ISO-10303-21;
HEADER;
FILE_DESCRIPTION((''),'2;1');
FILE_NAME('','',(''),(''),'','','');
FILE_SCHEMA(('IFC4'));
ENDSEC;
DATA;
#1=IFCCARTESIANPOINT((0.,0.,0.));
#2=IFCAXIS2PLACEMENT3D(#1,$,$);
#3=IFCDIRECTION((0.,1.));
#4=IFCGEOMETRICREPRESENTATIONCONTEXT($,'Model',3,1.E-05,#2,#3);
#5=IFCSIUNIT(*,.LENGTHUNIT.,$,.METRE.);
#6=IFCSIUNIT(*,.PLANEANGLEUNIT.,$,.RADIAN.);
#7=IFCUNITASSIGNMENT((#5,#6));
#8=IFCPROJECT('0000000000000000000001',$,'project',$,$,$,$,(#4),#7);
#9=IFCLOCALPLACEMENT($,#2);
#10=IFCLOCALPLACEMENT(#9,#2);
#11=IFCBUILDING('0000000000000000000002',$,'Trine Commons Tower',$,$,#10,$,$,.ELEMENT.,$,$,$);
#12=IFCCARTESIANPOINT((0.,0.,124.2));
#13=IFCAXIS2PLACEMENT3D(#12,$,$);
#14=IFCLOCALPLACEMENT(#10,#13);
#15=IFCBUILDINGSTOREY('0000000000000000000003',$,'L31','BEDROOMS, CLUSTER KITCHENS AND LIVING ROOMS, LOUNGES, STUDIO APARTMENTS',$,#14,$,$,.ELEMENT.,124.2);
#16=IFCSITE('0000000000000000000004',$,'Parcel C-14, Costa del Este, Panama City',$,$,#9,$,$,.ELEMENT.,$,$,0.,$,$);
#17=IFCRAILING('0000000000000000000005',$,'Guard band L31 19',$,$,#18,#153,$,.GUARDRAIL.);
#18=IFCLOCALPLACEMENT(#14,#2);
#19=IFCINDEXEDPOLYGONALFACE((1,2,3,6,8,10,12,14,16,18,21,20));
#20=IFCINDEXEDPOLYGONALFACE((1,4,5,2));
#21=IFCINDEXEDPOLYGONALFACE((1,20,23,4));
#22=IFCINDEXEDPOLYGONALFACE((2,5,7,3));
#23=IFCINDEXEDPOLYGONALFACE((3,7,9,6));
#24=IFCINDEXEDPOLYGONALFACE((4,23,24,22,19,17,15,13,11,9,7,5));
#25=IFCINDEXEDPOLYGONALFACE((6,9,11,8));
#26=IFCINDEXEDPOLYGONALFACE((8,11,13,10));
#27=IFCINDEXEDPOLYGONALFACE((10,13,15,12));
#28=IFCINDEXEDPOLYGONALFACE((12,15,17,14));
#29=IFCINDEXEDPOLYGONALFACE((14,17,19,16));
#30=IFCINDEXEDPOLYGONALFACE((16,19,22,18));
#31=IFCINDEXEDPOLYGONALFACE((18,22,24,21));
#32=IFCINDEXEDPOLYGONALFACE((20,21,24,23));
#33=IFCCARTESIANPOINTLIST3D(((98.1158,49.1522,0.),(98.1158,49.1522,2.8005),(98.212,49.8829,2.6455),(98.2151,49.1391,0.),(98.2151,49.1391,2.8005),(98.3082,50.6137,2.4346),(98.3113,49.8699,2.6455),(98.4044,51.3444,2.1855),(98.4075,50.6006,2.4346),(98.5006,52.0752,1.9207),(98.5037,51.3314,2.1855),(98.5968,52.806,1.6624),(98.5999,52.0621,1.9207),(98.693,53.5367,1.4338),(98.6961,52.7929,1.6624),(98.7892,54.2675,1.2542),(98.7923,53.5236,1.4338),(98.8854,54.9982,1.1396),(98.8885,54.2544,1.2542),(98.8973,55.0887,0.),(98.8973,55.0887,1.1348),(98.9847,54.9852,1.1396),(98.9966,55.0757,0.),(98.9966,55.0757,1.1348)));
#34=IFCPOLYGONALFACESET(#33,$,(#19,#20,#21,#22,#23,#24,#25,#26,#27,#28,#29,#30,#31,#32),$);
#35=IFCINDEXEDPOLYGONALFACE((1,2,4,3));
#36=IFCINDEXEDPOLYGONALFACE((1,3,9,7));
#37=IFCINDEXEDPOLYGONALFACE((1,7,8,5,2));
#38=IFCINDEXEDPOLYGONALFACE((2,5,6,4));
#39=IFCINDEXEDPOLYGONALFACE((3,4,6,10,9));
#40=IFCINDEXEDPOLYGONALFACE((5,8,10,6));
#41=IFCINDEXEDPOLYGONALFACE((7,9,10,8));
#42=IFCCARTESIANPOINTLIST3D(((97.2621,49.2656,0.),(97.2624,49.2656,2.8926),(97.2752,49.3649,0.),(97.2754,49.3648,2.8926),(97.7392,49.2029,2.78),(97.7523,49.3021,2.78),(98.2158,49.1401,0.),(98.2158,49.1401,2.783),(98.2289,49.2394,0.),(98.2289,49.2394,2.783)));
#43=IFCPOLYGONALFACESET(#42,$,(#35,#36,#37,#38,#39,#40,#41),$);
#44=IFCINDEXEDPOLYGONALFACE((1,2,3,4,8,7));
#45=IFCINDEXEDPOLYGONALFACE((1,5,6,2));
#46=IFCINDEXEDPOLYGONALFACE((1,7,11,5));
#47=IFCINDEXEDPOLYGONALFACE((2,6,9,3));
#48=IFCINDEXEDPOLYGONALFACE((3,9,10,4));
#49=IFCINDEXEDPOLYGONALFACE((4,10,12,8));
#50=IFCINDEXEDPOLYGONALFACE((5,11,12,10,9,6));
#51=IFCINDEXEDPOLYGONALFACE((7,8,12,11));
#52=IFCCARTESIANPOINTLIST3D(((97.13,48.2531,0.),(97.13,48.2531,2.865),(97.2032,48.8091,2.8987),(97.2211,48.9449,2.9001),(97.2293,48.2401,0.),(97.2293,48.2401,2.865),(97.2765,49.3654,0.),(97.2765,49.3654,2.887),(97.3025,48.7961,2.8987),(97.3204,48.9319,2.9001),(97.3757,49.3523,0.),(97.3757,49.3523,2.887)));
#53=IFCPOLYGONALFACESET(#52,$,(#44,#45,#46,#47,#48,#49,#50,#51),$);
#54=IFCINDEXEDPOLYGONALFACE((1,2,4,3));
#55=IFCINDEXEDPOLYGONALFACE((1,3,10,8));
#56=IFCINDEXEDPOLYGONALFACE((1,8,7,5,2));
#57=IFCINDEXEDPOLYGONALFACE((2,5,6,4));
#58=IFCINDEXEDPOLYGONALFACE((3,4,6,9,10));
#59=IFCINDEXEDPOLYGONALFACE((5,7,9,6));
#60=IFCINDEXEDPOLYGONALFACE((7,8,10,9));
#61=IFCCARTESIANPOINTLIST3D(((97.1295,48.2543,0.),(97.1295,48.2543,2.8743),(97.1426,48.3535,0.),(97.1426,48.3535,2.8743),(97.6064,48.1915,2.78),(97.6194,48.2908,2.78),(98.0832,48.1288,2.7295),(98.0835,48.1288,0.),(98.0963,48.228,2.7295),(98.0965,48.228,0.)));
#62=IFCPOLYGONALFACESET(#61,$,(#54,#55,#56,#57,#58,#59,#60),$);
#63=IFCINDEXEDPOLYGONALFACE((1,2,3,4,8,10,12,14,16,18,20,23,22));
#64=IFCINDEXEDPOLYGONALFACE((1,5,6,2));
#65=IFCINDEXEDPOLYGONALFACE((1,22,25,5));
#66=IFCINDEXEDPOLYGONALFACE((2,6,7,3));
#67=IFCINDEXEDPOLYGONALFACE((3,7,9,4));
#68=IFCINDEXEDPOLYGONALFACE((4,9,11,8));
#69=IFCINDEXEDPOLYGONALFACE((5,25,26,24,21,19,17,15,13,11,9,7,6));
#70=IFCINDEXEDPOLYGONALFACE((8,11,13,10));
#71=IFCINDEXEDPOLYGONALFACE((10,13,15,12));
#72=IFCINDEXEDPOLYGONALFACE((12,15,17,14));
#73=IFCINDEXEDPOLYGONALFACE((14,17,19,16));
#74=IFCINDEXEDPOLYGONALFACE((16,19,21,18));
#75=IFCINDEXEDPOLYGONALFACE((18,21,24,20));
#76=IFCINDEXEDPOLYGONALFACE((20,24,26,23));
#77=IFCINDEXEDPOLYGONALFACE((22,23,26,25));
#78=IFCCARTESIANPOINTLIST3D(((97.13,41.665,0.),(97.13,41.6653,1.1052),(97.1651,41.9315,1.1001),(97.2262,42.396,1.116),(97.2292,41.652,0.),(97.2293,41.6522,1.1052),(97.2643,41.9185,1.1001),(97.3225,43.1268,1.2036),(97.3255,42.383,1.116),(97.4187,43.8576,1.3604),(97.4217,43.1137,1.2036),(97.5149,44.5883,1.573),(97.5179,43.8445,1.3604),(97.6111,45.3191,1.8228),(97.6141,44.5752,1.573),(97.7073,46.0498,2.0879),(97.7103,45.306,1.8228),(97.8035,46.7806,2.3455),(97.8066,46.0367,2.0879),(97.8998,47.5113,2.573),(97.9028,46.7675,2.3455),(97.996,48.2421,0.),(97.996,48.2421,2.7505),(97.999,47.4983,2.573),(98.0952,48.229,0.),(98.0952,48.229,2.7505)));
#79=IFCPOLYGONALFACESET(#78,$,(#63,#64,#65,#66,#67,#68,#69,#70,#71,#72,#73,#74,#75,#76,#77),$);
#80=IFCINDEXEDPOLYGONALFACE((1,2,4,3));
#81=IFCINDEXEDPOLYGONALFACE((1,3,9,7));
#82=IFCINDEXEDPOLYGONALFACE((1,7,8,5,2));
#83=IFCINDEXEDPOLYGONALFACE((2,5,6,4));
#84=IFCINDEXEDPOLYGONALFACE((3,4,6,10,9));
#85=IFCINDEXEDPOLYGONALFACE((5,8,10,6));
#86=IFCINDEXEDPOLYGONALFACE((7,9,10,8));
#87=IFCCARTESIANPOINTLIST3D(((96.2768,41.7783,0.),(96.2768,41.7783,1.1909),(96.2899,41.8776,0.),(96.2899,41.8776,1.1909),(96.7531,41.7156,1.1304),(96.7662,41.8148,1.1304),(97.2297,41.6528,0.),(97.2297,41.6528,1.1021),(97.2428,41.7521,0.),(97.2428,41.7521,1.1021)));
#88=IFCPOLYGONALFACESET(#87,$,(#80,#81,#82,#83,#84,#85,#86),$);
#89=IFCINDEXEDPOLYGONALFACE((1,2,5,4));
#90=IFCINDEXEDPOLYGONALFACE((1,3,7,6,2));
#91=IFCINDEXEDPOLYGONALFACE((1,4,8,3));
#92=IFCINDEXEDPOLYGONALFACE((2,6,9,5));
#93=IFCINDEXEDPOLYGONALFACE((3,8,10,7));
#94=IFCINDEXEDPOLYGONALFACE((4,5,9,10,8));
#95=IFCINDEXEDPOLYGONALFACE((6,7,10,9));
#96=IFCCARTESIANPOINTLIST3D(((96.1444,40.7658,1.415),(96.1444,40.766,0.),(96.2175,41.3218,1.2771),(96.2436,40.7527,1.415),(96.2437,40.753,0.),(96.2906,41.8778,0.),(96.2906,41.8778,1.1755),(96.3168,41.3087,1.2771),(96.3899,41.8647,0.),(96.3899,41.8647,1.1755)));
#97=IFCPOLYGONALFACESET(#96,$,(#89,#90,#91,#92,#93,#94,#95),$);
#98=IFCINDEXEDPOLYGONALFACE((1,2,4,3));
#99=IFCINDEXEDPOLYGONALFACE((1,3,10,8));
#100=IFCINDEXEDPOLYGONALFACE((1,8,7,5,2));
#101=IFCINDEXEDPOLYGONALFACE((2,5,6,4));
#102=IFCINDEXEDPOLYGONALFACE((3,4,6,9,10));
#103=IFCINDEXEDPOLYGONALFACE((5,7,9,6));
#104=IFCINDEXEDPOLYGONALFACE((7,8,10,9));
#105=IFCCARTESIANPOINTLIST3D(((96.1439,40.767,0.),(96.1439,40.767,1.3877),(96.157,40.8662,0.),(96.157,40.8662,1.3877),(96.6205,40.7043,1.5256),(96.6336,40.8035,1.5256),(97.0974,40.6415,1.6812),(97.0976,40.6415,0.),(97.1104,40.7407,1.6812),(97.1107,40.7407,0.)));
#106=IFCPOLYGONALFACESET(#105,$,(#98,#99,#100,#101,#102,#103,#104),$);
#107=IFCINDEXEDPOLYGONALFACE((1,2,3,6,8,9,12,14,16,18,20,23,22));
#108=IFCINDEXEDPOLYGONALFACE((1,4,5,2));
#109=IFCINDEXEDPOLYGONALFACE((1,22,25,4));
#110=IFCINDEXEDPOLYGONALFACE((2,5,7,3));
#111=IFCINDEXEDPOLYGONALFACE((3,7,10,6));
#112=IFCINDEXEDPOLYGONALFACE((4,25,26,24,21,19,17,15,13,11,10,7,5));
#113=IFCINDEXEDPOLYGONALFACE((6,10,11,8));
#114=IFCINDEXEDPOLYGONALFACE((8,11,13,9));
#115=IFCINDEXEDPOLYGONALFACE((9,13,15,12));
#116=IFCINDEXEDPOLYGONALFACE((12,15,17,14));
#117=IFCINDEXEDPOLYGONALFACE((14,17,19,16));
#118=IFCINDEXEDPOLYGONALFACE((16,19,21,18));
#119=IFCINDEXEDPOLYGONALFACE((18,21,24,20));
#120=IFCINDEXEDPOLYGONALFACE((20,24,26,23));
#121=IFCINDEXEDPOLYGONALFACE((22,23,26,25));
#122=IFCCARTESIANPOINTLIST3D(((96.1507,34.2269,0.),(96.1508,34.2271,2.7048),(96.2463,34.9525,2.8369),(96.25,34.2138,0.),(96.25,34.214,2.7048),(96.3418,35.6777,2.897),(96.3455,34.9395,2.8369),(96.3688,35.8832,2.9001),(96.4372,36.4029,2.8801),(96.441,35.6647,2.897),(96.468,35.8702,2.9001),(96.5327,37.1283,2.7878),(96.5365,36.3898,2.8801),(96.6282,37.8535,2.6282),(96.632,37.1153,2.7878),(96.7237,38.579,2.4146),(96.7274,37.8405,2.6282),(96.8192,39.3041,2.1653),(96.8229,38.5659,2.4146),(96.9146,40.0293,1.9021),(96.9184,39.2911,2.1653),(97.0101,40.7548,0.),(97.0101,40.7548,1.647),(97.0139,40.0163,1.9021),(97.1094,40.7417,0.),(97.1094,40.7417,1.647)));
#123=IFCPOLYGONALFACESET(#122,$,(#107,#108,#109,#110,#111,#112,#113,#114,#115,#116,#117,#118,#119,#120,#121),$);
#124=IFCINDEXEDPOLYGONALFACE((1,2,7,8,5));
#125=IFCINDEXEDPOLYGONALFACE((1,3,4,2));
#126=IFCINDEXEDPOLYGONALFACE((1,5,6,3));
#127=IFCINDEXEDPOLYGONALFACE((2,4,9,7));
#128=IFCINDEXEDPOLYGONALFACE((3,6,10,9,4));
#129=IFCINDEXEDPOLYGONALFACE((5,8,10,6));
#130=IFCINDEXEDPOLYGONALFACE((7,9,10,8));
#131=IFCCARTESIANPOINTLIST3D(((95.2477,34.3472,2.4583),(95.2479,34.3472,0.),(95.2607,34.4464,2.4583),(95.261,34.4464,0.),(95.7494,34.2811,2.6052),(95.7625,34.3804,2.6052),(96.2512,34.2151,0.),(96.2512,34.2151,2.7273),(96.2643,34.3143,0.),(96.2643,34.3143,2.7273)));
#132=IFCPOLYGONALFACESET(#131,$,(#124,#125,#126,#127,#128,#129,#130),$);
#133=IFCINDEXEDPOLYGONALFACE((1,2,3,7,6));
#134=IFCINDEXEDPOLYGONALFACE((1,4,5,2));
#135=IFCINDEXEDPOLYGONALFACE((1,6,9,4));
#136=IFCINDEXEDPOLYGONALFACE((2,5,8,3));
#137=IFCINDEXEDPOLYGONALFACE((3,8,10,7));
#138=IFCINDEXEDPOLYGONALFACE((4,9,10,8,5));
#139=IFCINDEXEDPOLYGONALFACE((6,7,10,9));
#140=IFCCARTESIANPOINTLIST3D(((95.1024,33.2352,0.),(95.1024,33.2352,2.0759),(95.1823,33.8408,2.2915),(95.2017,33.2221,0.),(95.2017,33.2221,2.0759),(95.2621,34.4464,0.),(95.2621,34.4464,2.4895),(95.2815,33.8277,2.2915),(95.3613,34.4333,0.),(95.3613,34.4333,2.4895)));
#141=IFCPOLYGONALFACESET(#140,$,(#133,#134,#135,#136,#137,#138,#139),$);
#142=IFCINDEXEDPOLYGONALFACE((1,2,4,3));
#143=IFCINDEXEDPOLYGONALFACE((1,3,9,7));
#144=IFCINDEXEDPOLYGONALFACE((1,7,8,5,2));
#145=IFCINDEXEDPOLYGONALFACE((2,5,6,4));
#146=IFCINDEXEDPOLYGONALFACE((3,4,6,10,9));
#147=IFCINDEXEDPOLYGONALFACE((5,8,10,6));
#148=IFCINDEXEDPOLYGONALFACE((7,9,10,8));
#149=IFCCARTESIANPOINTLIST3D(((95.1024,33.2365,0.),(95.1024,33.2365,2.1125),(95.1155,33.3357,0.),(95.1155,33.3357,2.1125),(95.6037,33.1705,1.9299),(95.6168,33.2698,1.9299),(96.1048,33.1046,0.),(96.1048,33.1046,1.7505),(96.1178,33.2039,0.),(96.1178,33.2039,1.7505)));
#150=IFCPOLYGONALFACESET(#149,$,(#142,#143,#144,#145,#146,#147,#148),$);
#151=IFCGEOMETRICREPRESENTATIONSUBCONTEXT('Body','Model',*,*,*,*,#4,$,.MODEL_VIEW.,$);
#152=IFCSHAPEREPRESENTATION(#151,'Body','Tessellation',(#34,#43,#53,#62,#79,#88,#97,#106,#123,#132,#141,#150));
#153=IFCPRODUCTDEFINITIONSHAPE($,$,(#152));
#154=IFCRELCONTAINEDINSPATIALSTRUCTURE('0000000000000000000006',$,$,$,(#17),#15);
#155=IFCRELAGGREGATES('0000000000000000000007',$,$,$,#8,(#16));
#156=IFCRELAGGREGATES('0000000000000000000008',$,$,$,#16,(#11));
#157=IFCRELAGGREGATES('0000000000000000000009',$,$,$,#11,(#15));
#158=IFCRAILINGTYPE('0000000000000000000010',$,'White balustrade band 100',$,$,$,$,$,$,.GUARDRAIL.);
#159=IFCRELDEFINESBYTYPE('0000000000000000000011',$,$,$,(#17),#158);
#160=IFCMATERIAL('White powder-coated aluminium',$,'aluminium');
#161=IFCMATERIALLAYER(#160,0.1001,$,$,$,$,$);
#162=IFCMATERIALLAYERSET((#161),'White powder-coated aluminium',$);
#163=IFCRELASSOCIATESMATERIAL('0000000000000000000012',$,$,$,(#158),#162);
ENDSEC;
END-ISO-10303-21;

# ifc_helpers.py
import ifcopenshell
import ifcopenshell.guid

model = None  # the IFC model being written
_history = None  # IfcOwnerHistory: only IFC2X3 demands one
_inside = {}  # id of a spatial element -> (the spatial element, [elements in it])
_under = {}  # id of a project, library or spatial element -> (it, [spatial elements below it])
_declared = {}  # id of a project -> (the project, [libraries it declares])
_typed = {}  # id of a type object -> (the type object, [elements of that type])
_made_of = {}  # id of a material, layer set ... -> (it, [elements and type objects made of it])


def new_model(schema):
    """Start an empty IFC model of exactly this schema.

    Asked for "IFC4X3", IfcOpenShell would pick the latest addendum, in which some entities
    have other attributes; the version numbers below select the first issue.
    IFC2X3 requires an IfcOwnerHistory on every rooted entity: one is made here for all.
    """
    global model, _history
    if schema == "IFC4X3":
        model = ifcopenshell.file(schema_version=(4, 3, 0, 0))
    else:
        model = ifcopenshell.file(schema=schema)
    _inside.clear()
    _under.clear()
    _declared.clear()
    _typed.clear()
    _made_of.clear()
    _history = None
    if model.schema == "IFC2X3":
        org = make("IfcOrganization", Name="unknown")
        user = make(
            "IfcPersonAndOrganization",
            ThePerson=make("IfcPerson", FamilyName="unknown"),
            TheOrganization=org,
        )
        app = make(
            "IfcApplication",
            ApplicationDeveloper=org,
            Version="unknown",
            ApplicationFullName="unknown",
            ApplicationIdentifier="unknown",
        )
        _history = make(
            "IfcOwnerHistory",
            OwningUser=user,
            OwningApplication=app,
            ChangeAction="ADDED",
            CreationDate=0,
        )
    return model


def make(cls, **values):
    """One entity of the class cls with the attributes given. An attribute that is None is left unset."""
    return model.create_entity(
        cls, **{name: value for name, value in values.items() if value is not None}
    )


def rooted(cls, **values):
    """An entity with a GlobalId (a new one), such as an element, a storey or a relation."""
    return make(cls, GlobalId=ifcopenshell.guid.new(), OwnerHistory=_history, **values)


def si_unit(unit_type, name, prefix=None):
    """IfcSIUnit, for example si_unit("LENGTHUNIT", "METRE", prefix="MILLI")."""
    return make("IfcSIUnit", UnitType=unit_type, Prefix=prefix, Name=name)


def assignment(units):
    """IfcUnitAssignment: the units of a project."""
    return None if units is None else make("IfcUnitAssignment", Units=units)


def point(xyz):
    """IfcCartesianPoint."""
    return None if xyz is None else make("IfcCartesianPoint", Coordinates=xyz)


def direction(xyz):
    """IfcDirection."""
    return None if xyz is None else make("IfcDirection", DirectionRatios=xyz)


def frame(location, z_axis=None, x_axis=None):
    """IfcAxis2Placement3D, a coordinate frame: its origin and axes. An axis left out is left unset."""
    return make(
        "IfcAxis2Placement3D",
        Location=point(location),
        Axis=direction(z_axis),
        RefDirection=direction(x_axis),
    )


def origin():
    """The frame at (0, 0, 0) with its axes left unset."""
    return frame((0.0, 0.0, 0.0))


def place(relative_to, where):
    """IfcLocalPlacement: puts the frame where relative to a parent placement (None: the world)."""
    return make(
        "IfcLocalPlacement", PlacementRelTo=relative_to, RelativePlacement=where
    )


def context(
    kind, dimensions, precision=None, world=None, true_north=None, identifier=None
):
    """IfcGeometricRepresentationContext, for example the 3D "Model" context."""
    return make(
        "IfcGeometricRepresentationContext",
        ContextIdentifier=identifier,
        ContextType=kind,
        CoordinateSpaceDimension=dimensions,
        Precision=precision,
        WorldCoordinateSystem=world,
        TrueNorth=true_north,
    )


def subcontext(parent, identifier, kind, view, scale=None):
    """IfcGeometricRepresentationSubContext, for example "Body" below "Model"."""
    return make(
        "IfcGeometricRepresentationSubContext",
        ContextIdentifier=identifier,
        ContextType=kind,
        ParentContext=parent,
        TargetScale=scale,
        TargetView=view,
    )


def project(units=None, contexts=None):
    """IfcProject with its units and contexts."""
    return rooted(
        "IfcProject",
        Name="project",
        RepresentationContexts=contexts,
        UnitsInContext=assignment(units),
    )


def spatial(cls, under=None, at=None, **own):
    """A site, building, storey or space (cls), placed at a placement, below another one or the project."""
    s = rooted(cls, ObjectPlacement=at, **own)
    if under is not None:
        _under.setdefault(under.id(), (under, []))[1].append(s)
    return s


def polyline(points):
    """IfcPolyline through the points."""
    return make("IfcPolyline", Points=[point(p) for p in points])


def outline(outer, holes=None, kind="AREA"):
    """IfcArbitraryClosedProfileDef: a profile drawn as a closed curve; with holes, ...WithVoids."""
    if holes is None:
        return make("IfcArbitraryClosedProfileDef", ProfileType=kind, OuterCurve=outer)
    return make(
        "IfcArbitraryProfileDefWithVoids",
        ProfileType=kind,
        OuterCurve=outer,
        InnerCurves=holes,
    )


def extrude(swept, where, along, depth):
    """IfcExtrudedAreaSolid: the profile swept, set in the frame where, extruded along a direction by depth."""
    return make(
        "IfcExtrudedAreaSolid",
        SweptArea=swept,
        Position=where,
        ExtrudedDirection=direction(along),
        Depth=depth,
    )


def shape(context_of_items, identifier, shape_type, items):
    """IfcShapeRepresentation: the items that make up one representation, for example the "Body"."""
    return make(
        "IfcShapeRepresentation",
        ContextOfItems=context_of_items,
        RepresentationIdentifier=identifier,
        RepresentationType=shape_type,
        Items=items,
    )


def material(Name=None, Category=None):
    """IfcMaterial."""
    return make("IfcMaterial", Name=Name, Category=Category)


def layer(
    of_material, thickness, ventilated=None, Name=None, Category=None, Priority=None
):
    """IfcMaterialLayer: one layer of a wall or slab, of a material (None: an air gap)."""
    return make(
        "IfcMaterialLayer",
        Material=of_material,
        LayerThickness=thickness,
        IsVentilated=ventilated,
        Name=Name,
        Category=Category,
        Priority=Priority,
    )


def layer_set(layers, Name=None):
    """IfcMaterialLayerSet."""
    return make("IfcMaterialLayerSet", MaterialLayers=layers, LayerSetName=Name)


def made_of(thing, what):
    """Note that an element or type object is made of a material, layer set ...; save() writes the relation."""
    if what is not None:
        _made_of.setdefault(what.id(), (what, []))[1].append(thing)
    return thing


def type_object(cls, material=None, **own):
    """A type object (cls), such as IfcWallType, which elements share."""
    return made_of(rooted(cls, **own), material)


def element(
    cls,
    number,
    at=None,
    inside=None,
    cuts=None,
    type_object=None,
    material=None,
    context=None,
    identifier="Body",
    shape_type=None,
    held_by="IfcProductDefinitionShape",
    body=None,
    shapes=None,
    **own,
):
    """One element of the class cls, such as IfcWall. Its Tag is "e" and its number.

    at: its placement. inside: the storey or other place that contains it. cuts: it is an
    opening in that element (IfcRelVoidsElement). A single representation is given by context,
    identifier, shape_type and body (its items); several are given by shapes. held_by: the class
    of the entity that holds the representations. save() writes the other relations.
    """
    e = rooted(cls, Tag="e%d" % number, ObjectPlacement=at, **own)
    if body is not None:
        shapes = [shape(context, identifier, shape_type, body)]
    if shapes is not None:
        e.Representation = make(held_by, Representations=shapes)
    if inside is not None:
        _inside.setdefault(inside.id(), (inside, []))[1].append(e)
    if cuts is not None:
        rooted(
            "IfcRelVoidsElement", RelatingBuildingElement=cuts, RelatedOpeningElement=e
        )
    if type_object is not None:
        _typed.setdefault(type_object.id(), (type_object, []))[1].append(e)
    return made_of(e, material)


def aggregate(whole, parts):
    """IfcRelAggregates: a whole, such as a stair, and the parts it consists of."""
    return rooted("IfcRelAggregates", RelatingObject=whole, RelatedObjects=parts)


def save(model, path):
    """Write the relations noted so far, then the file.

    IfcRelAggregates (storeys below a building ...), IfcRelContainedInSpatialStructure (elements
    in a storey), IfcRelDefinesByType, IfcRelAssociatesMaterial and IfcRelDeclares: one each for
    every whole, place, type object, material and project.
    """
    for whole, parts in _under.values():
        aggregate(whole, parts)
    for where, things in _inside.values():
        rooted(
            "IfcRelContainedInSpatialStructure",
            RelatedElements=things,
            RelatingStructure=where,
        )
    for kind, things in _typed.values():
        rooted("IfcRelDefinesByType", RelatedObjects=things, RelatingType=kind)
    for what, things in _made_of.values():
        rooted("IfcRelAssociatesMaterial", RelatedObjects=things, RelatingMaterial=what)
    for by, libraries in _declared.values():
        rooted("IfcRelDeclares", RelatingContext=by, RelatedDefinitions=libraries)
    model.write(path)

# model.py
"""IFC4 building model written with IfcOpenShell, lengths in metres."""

from ifc_helpers import new_model, si_unit, direction, frame, origin, place, context, subcontext, project, spatial, polyline, outline, extrude, material, layer, layer_set, type_object, element, save


model = new_model("IFC4")

# Units and contexts
model_context = context("Model", 3, precision=1e-05, world=origin(), true_north=direction((0.0, 1.0)))
body_context = subcontext(model_context, "Body", "Model", "MODEL_VIEW")
ifc_project = project(units=[si_unit("LENGTHUNIT", "METRE"), si_unit("PLANEANGLEUNIT", "RADIAN")], contexts=[model_context])

# Site, building, storey
site_placement = place(None, origin())
site = spatial("IfcSite", under=ifc_project, at=site_placement, Name="Parcel C-14, Costa del Este, Panama City", CompositionType="ELEMENT", RefElevation=0.0)
building_placement = place(site_placement, origin())
building = spatial("IfcBuilding", under=site, at=building_placement, Name="Trine Commons Tower", CompositionType="ELEMENT")
storey_placement = place(building_placement, frame((0.0, 0.0, 124.2)))
storey = spatial("IfcBuildingStorey", under=building, at=storey_placement, Name="L31", Description="BEDROOMS, CLUSTER KITCHENS AND LIVING ROOMS, LOUNGES, STUDIO APARTMENTS", CompositionType="ELEMENT", Elevation=124.2)

# Railing
ifc_material_1 = material(Name="White powder-coated aluminium", Category="aluminium")
ifc_layer_1 = layer(ifc_material_1, 0.1001)
ifc_layer_set_1 = layer_set([ifc_layer_1], Name="White powder-coated aluminium")
railing_type = type_object("IfcRailingType", Name="White balustrade band 100", PredefinedType="GUARDRAIL", material=ifc_layer_set_1)
railing_1_placement = place(storey_placement, origin())
element("IfcRailing", 1, at=railing_1_placement, inside=storey, type_object=railing_type, Name="Guard band L31 19", PredefinedType="GUARDRAIL", context=body_context, shape_type="SweptSolid", body=[
    extrude(outline(polyline([(0.0, 0.0), (5.9878, 0.0), (5.9878, 2.8005), (5.9878, 2.8005), (5.2507, 2.6455), (4.5137, 2.4346), (3.7766, 2.1855), (3.0396, 1.9207), (2.3025, 1.6624), (1.5654, 1.4338), (0.8284, 1.2542), (0.0913, 1.1396), (0.0, 1.1348), (0.0, 0.0)])), frame((98.9966, 55.0757, 0.0), z_axis=(-0.991446, 0.130516, 0.0), x_axis=(-0.130516, -0.991446, 0.0)), (0.0, 0.0, 1.0), 0.1001),
    extrude(outline(polyline([(0.0, 0.0), (0.9619, 0.0), (0.9617, 2.8926), (0.4807, 2.78), (0.0, 2.783), (0.0, 0.0)])), frame((98.2158, 49.1401, 0.0), z_axis=(0.130468, 0.991453, 0.0), x_axis=(-0.991453, 0.130468, 0.0)), (0.0, 0.0, 1.0), 0.1001),
    extrude(outline(polyline([(0.0, 0.0), (1.1218, 0.0), (1.1218, 2.865), (0.561, 2.8987), (0.4241, 2.9001), (0.0, 2.887), (0.0, 0.0)])), frame((97.3757, 49.3523, 0.0), z_axis=(-0.991439, 0.130567, 0.0), x_axis=(-0.130567, -0.991439, 0.0)), (0.0, 0.0, 1.0), 0.1001),
    extrude(outline(polyline([(0.0, 0.0), (0.9622, 0.0), (0.9619, 2.7295), (0.481, 2.78), (0.0, 2.8743), (0.0, 0.0)])), frame((97.1426, 48.3535, 0.0), z_axis=(-0.130435, -0.991457, 0.0), x_axis=(0.991457, -0.130435, 0.0)), (0.0, 0.0, 1.0), 0.1001),
    extrude(outline(polyline([(0.0, 0.0), (6.6338, 0.0), (6.6335, 1.1052), (6.365, 1.1001), (5.8965, 1.116), (5.1594, 1.2036), (4.4224, 1.3604), (3.6853, 1.573), (2.9482, 1.8228), (2.2112, 2.0879), (1.4741, 2.3455), (0.7371, 2.573), (0.0, 2.7505), (0.0, 0.0)])), frame((98.0952, 48.229, 0.0), z_axis=(-0.991443, 0.130541, 0.0), x_axis=(-0.130541, -0.991443, 0.0)), (0.0, 0.0, 1.0), 0.1001),
    extrude(outline(polyline([(0.0, 0.0), (0.9612, 0.0), (0.9612, 1.1909), (0.4807, 1.1304), (0.0, 1.1021), (0.0, 0.0)])), frame((97.2297, 41.6528, 0.0), z_axis=(0.130566, 0.99144, 0.0), x_axis=(-0.99144, 0.130566, 0.0)), (0.0, 0.0, 1.0), 0.1001),
    extrude(outline(polyline([(0.0, 0.0), (1.1213, 0.0), (1.1216, 1.415), (0.5608, 1.2771), (0.0, 1.1755), (0.0, 0.0)])), frame((96.3899, 41.8647, 0.0), z_axis=(-0.99146, 0.130409, 0.0), x_axis=(-0.130409, -0.99146, 0.0)), (0.0, 0.0, 1.0), 0.1001),
    extrude(outline(polyline([(0.0, 0.0), (0.9619, 0.0), (0.9617, 1.6812), (0.4807, 1.5256), (0.0, 1.3877), (0.0, 0.0)])), frame((96.157, 40.8662, 0.0), z_axis=(-0.130468, -0.991453, 0.0), x_axis=(0.991453, -0.130468, 0.0)), (0.0, 0.0, 1.0), 0.1001),
    extrude(outline(polyline([(0.0, 0.0), (6.5842, 0.0), (6.584, 2.7048), (5.8523, 2.8369), (5.1208, 2.897), (4.9136, 2.9001), (4.3894, 2.8801), (3.6577, 2.7878), (2.9263, 2.6282), (2.1946, 2.4146), (1.4631, 2.1653), (0.7317, 1.9021), (0.0, 1.647), (0.0, 0.0)])), frame((97.1094, 40.7417, 0.0), z_axis=(-0.991445, 0.130522, 0.0), x_axis=(-0.130522, -0.991445, 0.0)), (0.0, 0.0, 1.0), 0.1001),
    extrude(outline(polyline([(0.0, 0.0), (1.012, 0.0), (1.0122, 2.4583), (0.5061, 2.6052), (0.0, 2.7273), (0.0, 0.0)])), frame((96.2512, 34.2151, 0.0), z_axis=(0.130504, 0.991448, 0.0), x_axis=(-0.991448, 0.130504, 0.0)), (0.0, 0.0, 1.0), 0.1001),
    extrude(outline(polyline([(0.0, 0.0), (1.2217, 0.0), (1.2217, 2.0759), (0.6108, 2.2915), (0.0, 2.4895), (0.0, 0.0)])), frame((95.3613, 34.4333, 0.0), z_axis=(-0.991422, 0.130697, 0.0), x_axis=(-0.130697, -0.991422, 0.0)), (0.0, 0.0, 1.0), 0.1001),
    extrude(outline(polyline([(0.0, 0.0), (1.011, 0.0), (1.011, 1.7505), (0.5056, 1.9299), (0.0, 2.1125), (0.0, 0.0)])), frame((95.1155, 33.3357, 0.0), z_axis=(-0.130392, -0.991463, 0.0), x_axis=(0.991463, -0.130392, 0.0)), (0.0, 0.0, 1.0), 0.1001),
])

save(model, "model.ifc")
